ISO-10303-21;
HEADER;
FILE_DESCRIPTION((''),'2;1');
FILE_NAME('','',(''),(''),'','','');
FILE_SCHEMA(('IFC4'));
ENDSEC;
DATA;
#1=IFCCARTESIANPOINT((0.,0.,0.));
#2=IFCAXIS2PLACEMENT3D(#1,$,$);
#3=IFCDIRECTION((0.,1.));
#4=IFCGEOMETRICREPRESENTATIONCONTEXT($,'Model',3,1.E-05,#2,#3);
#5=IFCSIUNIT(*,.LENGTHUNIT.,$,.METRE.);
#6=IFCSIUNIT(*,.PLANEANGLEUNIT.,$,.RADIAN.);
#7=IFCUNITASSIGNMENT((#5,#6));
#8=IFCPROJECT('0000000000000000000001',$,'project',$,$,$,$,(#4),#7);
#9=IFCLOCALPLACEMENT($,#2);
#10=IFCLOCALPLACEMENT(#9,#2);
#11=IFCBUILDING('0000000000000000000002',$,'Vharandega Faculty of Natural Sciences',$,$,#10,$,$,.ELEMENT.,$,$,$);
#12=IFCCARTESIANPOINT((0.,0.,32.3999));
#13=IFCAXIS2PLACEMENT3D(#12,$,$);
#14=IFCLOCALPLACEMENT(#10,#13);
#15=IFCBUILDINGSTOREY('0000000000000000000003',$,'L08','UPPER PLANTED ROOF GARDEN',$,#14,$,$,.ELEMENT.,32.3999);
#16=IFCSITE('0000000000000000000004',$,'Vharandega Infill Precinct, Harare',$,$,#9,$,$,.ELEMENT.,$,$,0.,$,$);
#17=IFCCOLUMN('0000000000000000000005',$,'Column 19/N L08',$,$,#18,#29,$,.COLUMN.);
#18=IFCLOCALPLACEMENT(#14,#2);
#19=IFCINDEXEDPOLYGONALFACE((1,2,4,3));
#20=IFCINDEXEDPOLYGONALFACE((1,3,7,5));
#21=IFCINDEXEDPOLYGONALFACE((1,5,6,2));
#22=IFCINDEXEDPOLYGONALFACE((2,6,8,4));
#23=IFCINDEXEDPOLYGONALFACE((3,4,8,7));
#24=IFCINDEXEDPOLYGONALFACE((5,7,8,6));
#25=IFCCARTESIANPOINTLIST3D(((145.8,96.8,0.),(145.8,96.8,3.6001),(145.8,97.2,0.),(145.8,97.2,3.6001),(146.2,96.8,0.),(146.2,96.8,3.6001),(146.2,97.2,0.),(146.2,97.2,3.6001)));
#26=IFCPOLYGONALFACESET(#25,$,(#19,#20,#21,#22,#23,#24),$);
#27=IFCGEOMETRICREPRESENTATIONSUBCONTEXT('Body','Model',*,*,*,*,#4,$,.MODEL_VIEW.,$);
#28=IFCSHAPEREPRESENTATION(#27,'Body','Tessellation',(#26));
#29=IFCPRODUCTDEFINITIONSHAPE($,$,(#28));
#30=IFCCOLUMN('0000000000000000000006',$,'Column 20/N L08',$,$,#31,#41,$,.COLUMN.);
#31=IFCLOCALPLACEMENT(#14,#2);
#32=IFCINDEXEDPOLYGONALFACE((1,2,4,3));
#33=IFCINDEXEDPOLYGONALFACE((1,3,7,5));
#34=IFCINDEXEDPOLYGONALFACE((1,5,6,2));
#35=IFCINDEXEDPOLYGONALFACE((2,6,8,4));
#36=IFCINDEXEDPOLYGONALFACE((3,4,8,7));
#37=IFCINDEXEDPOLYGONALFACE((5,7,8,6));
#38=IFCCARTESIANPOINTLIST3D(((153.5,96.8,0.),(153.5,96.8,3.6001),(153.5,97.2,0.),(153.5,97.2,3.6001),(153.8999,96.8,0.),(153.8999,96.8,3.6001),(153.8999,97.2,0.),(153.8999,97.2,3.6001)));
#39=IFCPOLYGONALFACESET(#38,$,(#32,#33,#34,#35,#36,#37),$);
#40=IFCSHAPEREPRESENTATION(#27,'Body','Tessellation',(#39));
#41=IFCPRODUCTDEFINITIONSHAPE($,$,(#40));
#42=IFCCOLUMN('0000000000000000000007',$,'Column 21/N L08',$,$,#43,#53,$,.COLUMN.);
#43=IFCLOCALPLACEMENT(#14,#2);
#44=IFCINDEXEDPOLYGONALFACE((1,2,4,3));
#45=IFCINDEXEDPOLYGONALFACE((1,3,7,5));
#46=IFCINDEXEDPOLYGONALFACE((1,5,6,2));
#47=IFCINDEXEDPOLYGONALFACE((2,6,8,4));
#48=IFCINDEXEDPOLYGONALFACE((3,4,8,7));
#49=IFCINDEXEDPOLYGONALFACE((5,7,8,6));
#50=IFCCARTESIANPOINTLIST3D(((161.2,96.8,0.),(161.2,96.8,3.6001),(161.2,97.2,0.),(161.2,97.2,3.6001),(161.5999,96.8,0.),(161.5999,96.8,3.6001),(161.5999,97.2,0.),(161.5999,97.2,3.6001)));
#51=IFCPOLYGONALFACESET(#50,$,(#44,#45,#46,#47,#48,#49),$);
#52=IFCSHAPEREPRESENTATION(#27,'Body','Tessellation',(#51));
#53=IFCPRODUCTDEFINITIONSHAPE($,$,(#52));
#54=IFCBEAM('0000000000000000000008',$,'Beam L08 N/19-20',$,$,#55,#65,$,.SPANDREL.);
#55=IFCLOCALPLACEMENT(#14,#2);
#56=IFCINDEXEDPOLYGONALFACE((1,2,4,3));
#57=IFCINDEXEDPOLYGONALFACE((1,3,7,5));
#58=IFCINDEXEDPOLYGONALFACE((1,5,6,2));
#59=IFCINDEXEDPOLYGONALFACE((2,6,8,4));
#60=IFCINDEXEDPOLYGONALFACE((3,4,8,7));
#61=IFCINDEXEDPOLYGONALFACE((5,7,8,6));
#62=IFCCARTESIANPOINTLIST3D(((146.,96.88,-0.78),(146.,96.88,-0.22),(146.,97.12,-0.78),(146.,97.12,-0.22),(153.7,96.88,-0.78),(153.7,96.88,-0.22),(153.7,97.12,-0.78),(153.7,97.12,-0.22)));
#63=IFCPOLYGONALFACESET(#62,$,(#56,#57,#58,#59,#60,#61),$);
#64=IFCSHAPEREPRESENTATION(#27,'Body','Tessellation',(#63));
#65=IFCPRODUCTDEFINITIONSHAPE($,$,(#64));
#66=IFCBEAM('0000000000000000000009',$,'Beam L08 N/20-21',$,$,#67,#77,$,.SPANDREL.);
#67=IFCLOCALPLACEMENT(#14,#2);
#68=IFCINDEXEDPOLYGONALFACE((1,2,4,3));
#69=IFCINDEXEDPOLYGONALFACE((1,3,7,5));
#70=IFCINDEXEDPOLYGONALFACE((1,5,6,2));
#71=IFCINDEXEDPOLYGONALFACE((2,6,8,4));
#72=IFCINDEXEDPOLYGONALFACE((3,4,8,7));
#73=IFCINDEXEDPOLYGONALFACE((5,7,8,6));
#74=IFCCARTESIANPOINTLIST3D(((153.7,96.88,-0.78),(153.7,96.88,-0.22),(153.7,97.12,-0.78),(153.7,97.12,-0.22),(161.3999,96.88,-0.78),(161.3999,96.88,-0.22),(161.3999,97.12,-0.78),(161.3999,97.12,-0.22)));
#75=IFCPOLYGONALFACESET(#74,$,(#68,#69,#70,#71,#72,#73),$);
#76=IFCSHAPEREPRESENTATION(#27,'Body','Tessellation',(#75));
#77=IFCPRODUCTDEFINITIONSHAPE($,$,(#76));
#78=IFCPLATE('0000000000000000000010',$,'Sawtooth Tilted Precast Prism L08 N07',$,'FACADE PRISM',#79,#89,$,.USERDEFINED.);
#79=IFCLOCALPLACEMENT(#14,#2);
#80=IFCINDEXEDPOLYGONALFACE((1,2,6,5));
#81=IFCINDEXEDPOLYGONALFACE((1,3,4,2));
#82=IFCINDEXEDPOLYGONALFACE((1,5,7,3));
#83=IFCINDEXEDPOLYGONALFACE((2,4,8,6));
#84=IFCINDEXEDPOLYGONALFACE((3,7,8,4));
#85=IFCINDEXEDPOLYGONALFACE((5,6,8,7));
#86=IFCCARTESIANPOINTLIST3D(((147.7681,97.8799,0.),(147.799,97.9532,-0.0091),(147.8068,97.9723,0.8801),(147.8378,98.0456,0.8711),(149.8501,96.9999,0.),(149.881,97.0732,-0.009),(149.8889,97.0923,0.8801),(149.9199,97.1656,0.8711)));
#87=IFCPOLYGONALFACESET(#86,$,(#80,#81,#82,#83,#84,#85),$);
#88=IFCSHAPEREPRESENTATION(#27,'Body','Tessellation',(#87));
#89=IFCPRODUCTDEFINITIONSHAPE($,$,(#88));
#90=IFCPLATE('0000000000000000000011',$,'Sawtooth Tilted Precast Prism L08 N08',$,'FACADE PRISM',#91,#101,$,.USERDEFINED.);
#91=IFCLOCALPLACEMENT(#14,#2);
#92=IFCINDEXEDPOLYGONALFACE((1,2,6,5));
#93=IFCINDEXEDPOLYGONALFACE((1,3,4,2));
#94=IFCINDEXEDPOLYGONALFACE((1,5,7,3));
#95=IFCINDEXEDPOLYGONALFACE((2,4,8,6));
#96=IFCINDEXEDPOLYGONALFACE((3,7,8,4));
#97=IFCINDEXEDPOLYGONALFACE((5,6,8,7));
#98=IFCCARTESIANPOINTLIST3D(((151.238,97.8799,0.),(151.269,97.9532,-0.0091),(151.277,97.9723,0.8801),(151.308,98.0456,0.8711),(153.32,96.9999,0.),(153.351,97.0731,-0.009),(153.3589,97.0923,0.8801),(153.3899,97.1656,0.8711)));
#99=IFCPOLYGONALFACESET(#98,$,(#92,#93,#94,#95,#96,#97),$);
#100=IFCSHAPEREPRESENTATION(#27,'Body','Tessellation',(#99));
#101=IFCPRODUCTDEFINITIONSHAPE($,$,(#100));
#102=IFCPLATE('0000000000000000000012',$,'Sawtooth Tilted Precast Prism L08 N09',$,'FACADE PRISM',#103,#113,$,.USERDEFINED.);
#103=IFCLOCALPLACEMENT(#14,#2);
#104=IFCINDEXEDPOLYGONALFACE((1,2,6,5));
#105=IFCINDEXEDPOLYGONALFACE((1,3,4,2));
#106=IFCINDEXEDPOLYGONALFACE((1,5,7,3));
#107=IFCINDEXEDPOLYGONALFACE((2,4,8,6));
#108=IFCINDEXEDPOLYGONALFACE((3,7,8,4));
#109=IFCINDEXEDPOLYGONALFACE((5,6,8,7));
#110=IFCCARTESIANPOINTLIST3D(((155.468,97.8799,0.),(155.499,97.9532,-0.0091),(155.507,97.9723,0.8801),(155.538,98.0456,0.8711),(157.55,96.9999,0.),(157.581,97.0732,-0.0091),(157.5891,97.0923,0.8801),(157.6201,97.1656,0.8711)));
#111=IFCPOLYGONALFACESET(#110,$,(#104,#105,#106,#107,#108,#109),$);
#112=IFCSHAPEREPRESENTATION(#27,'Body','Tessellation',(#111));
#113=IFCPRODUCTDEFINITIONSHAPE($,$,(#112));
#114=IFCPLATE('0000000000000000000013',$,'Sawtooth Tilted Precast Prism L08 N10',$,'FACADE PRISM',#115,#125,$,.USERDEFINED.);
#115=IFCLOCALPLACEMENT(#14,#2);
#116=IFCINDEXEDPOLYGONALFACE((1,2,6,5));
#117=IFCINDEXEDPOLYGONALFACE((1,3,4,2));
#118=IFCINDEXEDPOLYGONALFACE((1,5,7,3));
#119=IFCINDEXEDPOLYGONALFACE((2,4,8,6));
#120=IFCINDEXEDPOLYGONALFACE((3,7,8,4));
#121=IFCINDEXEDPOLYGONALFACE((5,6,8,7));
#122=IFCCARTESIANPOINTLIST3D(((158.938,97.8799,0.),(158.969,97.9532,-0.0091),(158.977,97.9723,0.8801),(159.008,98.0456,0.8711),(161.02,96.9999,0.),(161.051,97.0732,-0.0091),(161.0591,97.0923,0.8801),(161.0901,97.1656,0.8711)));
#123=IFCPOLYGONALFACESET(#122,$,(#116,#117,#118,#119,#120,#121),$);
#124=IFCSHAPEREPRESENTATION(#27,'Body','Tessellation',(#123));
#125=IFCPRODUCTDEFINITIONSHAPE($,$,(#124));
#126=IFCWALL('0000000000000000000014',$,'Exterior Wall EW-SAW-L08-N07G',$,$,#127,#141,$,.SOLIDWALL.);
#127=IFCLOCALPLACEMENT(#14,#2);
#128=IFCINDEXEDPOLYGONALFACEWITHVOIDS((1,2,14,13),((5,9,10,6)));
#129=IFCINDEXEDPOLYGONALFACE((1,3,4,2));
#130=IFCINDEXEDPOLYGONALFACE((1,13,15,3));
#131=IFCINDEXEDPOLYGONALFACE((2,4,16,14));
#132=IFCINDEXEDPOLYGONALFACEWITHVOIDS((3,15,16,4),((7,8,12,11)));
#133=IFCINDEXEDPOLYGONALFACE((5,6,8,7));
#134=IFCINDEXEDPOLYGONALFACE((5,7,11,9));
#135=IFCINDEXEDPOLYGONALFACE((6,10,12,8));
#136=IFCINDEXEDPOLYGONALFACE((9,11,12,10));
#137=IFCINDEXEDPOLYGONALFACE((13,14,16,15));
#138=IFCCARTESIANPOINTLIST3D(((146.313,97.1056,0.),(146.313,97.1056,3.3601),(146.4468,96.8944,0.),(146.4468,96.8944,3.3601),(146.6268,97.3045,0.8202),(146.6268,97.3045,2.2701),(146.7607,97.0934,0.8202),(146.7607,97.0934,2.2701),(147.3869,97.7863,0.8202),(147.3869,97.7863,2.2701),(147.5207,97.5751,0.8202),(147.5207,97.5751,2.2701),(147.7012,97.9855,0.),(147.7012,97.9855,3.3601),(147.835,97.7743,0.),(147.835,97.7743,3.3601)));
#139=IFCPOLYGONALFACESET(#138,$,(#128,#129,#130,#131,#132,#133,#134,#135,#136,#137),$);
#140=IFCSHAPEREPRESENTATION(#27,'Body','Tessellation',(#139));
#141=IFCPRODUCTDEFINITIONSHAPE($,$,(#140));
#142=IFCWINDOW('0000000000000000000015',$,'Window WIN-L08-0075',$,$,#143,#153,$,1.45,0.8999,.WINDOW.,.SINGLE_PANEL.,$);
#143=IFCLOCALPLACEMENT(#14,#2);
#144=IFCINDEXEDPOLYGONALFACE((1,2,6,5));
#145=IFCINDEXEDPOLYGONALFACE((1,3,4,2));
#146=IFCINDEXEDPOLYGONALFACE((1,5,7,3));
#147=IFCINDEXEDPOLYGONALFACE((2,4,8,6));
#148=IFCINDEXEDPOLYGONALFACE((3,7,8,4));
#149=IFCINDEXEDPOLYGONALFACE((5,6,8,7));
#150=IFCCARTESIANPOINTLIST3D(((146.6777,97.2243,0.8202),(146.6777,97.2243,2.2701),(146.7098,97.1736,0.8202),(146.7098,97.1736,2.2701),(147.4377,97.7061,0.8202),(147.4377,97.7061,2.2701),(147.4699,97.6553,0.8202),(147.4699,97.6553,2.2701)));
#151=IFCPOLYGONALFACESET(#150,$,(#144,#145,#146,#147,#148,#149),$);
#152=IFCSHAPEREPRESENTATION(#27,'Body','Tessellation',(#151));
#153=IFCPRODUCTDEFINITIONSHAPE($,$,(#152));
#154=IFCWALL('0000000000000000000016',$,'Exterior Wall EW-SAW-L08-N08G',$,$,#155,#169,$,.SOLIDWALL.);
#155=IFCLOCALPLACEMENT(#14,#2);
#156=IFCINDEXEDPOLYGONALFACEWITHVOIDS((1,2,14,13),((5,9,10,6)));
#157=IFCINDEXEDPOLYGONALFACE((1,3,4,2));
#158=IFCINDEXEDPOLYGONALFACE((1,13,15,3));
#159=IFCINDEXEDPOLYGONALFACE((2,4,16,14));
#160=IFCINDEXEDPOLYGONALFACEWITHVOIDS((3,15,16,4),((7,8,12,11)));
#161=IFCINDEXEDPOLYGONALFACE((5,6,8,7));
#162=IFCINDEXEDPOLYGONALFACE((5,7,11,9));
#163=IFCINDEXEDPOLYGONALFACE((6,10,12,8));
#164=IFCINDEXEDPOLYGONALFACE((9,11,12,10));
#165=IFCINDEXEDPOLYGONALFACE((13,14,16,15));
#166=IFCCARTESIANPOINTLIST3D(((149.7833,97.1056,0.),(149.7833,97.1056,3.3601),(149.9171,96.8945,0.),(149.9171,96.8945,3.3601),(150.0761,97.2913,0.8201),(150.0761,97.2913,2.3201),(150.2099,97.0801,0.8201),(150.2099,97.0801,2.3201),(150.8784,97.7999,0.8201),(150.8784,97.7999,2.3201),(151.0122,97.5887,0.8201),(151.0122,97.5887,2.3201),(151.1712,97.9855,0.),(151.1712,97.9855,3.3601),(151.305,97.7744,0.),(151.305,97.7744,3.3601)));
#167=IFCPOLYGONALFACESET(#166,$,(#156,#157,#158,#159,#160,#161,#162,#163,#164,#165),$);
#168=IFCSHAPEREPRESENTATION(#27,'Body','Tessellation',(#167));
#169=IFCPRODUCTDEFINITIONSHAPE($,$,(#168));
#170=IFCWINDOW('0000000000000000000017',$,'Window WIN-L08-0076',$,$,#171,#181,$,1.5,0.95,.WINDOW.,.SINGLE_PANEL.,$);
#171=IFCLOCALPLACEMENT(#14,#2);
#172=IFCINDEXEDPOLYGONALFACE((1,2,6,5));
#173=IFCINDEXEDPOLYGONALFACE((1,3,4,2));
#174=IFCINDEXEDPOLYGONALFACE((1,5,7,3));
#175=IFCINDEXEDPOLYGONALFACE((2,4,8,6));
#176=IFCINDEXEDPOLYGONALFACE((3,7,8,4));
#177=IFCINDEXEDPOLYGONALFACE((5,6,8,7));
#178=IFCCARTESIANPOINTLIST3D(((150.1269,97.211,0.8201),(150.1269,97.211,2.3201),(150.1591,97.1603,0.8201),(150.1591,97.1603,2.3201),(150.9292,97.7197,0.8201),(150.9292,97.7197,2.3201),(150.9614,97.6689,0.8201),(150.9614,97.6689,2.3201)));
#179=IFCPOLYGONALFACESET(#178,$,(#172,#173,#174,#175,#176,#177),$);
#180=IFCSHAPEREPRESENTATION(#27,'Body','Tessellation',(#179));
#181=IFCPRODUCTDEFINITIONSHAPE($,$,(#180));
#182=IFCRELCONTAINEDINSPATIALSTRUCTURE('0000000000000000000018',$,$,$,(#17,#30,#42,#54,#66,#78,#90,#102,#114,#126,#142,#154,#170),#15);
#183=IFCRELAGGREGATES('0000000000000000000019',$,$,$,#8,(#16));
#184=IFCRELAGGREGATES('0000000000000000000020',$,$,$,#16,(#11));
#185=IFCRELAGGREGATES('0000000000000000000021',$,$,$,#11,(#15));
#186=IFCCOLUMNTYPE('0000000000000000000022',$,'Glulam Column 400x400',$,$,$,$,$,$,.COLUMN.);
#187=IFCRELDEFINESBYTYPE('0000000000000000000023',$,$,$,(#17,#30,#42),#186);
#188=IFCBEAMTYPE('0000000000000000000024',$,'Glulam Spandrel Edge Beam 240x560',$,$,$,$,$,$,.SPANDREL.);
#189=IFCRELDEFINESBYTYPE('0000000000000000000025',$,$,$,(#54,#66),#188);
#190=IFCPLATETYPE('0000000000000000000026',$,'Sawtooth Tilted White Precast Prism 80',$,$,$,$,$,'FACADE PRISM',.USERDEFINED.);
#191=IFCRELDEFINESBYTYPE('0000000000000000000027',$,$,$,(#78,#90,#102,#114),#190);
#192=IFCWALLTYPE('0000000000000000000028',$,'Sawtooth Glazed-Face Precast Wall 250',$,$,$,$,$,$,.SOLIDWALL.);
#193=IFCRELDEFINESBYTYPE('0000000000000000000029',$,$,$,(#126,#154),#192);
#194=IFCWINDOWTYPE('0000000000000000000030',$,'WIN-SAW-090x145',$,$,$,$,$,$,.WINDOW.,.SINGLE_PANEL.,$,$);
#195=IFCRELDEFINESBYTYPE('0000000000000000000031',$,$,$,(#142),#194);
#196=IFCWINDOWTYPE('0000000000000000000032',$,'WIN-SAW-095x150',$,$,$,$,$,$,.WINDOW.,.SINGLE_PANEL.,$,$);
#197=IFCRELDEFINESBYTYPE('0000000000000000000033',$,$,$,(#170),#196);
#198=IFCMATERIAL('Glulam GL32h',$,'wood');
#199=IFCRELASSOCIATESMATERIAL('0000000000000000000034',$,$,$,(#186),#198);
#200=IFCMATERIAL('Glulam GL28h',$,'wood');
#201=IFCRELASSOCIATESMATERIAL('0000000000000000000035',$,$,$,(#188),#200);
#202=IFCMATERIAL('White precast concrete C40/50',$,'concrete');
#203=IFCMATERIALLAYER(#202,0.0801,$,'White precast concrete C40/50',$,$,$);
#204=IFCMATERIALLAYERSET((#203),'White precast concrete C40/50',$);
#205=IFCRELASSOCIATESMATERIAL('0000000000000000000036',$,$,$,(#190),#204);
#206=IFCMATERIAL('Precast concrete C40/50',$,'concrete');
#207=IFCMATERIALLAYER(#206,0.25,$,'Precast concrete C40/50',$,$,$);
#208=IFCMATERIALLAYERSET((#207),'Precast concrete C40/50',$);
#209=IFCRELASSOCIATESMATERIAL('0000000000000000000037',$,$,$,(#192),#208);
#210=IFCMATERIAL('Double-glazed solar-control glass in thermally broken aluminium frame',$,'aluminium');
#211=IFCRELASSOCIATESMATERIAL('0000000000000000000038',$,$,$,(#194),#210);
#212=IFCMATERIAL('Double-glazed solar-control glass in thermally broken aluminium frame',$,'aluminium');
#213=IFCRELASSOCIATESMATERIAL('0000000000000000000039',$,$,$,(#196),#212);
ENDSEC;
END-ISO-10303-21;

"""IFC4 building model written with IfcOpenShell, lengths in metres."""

from ifc_helpers import new_model, si_unit, direction, frame, frame_2d, origin, origin_2d, place, context, subcontext, project, spatial, polyline, rectangle, outline, extrude, material, layer, layer_set, material_profile, profile_set, type_object, element, fill, save


model = new_model("IFC4")

# Units and contexts
model_context = context("Model", 3, precision=1e-05, world=origin(), true_north=direction((0.0, 1.0)))
body_context = subcontext(model_context, "Body", "Model", "MODEL_VIEW")
ifc_project = project(units=[si_unit("LENGTHUNIT", "METRE"), si_unit("PLANEANGLEUNIT", "RADIAN")], contexts=[model_context])

# Site, building, storey
site_placement = place(None, origin())
site = spatial("IfcSite", under=ifc_project, at=site_placement, Name="Vharandega Infill Precinct, Harare", CompositionType="ELEMENT", RefElevation=0.0)
building_placement = place(site_placement, origin())
building = spatial("IfcBuilding", under=site, at=building_placement, Name="Vharandega Faculty of Natural Sciences", CompositionType="ELEMENT")
storey_placement = place(building_placement, frame((0.0, 0.0, 32.3999)))
storey = spatial("IfcBuildingStorey", under=building, at=storey_placement, Name="L08", Description="UPPER PLANTED ROOF GARDEN", CompositionType="ELEMENT", Elevation=32.3999)

# Columns
ifc_material_1 = material(Name="Glulam GL32h", Category="wood")
ifc_material_profile_1 = material_profile(ifc_material_1, rectangle(XDim=0.3999, YDim=0.3999, at=origin_2d()), Name="GL32h 400x400")
ifc_profile_set_1 = profile_set([ifc_material_profile_1], Name="Glulam GL32h")
column_type = type_object("IfcColumnType", Name="Glulam Column 400x400", PredefinedType="COLUMN", material=ifc_profile_set_1)
for number, where, z_axis, x_axis, name in (
    (1, (146.0, 97.0, 0.0), (0.0, 0.0, 1.0), (1.0, 0.0, 0.0), "Column 19/N L08"),
    (2, (153.7, 97.0, 0.0), (0.0, 0.0, 1.0), (1.0, 0.0, 0.0), "Column 20/N L08"),
    (3, (161.3999, 97.0, 0.0), (0.0, 0.0, 1.0), (1.0, 0.0, 0.0), "Column 21/N L08"),
):
    element("IfcColumn", number, at=place(storey_placement, frame(where, z_axis=z_axis, x_axis=x_axis)), inside=storey, type_object=column_type, Name=name, PredefinedType="COLUMN", context=body_context, shape_type="SweptSolid", body=[
        extrude(rectangle(XDim=0.3999, YDim=0.3999, at=origin_2d()), origin(), (0.0, 0.0, 1.0), 3.6001),
    ])

# Beams
ifc_material_2 = material(Name="Glulam GL28h", Category="wood")
ifc_material_profile_2 = material_profile(ifc_material_2, rectangle(XDim=0.24, YDim=0.5601, at=origin_2d()), Name="GL28h 240x560")
ifc_profile_set_2 = profile_set([ifc_material_profile_2], Name="Glulam GL28h")
beam_type = type_object("IfcBeamType", Name="Glulam Spandrel Edge Beam 240x560", PredefinedType="SPANDREL", material=ifc_profile_set_2)
for number, where, z_axis, x_axis, name in (
    (4, (146.0, 97.0, -0.5), (1.0, 0.0, 0.0), (0.0, 1.0, 0.0), "Beam L08 N/19-20"),
    (5, (153.7, 97.0, -0.5), (1.0, 0.0, 0.0), (0.0, 1.0, 0.0), "Beam L08 N/20-21"),
):
    element("IfcBeam", number, at=place(storey_placement, frame(where, z_axis=z_axis, x_axis=x_axis)), inside=storey, type_object=beam_type, Name=name, PredefinedType="SPANDREL", context=body_context, shape_type="SweptSolid", body=[
        extrude(rectangle(XDim=0.24, YDim=0.5601, at=origin_2d()), origin(), (0.0, 0.0, 1.0), 7.7),
    ])

# Plates
ifc_material_3 = material(Name="White precast concrete C40/50", Category="concrete")
ifc_layer_1 = layer(ifc_material_3, 0.0801, Name="White precast concrete C40/50")
ifc_layer_set_1 = layer_set([ifc_layer_1], Name="White precast concrete C40/50")
plate_type = type_object("IfcPlateType", Name="Sawtooth Tilted White Precast Prism 80", ElementType="FACADE PRISM", PredefinedType="USERDEFINED", material=ifc_layer_set_1)
plate_1_placement = place(storey_placement, frame((147.7681, 97.8799, 0.0), z_axis=(-0.386819, -0.915188, 0.113149), x_axis=(0.043773, 0.10434, 0.993578)))
element("IfcPlate", 6, at=plate_1_placement, inside=storey, type_object=plate_type, Name="Sawtooth Tilted Precast Prism L08 N07", ObjectType="FACADE PRISM", PredefinedType="USERDEFINED", context=body_context, shape_type="SweptSolid", body=[
    extrude(outline(polyline([(0.0, 0.0), (0.8858, 0.0), (0.8851, -2.2604), (-0.0007, -2.2603), (0.0, 0.0)])), origin(), (0.0, 0.0, -1.0), 0.0801),
])
plate_2_placement = place(storey_placement, frame((151.238, 97.8799, 0.0), z_axis=(-0.386836, -0.915174, 0.113202), x_axis=(0.044027, 0.10429, 0.993572)))
element("IfcPlate", 7, at=plate_2_placement, inside=storey, type_object=plate_type, Name="Sawtooth Tilted Precast Prism L08 N08", ObjectType="FACADE PRISM", PredefinedType="USERDEFINED", context=body_context, shape_type="SweptSolid", body=[
    extrude(outline(polyline([(0.0, 0.0), (0.8858, 0.0), (0.8857, -2.2602), (-0.0001, -2.2603), (0.0, 0.0)])), origin(), (0.0, 0.0, -1.0), 0.0801),
])
for number, where, z_axis, x_axis, name in (
    (8, (155.468, 97.8799, 0.0), (-0.386814, -0.915176, 0.113255), (0.044048, 0.104338, 0.993566), "Sawtooth Tilted Precast Prism L08 N09"),
    (9, (158.938, 97.8799, 0.0), (-0.386814, -0.915176, 0.113255), (0.044048, 0.104338, 0.993566), "Sawtooth Tilted Precast Prism L08 N10"),
):
    element("IfcPlate", number, at=place(storey_placement, frame(where, z_axis=z_axis, x_axis=x_axis)), inside=storey, type_object=plate_type, Name=name, ObjectType="FACADE PRISM", PredefinedType="USERDEFINED", context=body_context, shape_type="SweptSolid", body=[
        extrude(outline(polyline([(0.0, 0.0), (0.8858, 0.0), (0.8857, -2.2604), (-0.0001, -2.2603), (0.0, 0.0)])), origin(), (0.0, 0.0, -1.0), 0.0801),
    ])

# Walls, openings, windows
ifc_material_4 = material(Name="Precast concrete C40/50", Category="concrete")
ifc_layer_2 = layer(ifc_material_4, 0.25, Name="Precast concrete C40/50")
ifc_layer_set_2 = layer_set([ifc_layer_2], Name="Precast concrete C40/50")
wall_type_1 = type_object("IfcWallType", Name="Sawtooth Glazed-Face Precast Wall 250", PredefinedType="SOLIDWALL", material=ifc_layer_set_2)
wall_1_placement = place(storey_placement, frame((146.3799, 97.0, 0.0), z_axis=(0.0, 0.0, 1.0), x_axis=(0.844627, 0.535356, 0.0)))
wall_1 = element("IfcWall", 10, at=wall_1_placement, inside=storey, type_object=wall_type_1, Name="Exterior Wall EW-SAW-L08-N07G", PredefinedType="SOLIDWALL", context=body_context, shape_type="SweptSolid", body=[
    extrude(rectangle(XDim=1.6436, YDim=0.25, at=frame_2d((0.8218, 0.0))), origin(), (0.0, 0.0, 1.0), 3.3601),
])
opening_1_placement = place(wall_1_placement, frame((0.3716, 0.0, 0.8201)))
opening_1 = element("IfcOpeningElement", 11, at=opening_1_placement, cuts=wall_1, PredefinedType="OPENING", context=body_context, shape_type="SweptSolid", body=[
    extrude(rectangle(XDim=0.8999, YDim=1.45, at=frame_2d((0.45, 0.7251))), frame((0.0, 0.135, 0.0), z_axis=(0.0, -1.0, 0.0), x_axis=(1.0, 0.0, 0.0)), (0.0, 0.0, 1.0), 0.27),
])
ifc_material_5 = material(Name="Double-glazed solar-control glass in thermally broken aluminium frame", Category="aluminium")
window_type_1 = type_object("IfcWindowType", Name="WIN-SAW-090x145", PartitioningType="SINGLE_PANEL", PredefinedType="WINDOW", material=ifc_material_5)
window_1_placement = place(opening_1_placement, origin())
window_1 = element("IfcWindow", 12, at=window_1_placement, inside=storey, type_object=window_type_1, Name="Window WIN-L08-0075", OverallHeight=1.45, OverallWidth=0.8999, PartitioningType="SINGLE_PANEL", PredefinedType="WINDOW", context=body_context, shape_type="SweptSolid", body=[
    extrude(rectangle(XDim=0.8999, YDim=1.45, at=frame_2d((0.45, 0.7251))), frame((0.0, 0.03, 0.0), z_axis=(0.0, -1.0, 0.0), x_axis=(1.0, 0.0, 0.0)), (0.0, 0.0, 1.0), 0.0601),
])
fill(opening_1, window_1)
wall_2_placement = place(storey_placement, frame((149.8501, 97.0, 0.0), z_axis=(0.0, 0.0, 1.0), x_axis=(0.844584, 0.535423, 0.0)))
wall_2 = element("IfcWall", 13, at=wall_2_placement, inside=storey, type_object=wall_type_1, Name="Exterior Wall EW-SAW-L08-N08G", PredefinedType="SOLIDWALL", context=body_context, shape_type="SweptSolid", body=[
    extrude(rectangle(XDim=1.6433, YDim=0.25, at=frame_2d((0.8218, 0.0))), origin(), (0.0, 0.0, 1.0), 3.3601),
])
opening_2_placement = place(wall_2_placement, frame((0.3467, 0.0, 0.8201)))
opening_2 = element("IfcOpeningElement", 14, at=opening_2_placement, cuts=wall_2, PredefinedType="OPENING", context=body_context, shape_type="SweptSolid", body=[
    extrude(rectangle(XDim=0.95, YDim=1.5, at=frame_2d((0.4751, 0.75))), frame((0.0, 0.135, 0.0), z_axis=(0.0, -1.0, 0.0), x_axis=(1.0, 0.0, 0.0)), (0.0, 0.0, 1.0), 0.27),
])
ifc_material_6 = material(Name="Double-glazed solar-control glass in thermally broken aluminium frame", Category="aluminium")
window_type_2 = type_object("IfcWindowType", Name="WIN-SAW-095x150", PartitioningType="SINGLE_PANEL", PredefinedType="WINDOW", material=ifc_material_6)
window_2_placement = place(opening_2_placement, origin())
window_2 = element("IfcWindow", 15, at=window_2_placement, inside=storey, type_object=window_type_2, Name="Window WIN-L08-0076", OverallHeight=1.5, OverallWidth=0.95, PartitioningType="SINGLE_PANEL", PredefinedType="WINDOW", context=body_context, shape_type="SweptSolid", body=[
    extrude(rectangle(XDim=0.95, YDim=1.5, at=frame_2d((0.4751, 0.75))), frame((0.0, 0.03, 0.0), z_axis=(0.0, -1.0, 0.0), x_axis=(1.0, 0.0, 0.0)), (0.0, 0.0, 1.0), 0.0601),
])
fill(opening_2, window_2)

save(model, "model.ifc")
